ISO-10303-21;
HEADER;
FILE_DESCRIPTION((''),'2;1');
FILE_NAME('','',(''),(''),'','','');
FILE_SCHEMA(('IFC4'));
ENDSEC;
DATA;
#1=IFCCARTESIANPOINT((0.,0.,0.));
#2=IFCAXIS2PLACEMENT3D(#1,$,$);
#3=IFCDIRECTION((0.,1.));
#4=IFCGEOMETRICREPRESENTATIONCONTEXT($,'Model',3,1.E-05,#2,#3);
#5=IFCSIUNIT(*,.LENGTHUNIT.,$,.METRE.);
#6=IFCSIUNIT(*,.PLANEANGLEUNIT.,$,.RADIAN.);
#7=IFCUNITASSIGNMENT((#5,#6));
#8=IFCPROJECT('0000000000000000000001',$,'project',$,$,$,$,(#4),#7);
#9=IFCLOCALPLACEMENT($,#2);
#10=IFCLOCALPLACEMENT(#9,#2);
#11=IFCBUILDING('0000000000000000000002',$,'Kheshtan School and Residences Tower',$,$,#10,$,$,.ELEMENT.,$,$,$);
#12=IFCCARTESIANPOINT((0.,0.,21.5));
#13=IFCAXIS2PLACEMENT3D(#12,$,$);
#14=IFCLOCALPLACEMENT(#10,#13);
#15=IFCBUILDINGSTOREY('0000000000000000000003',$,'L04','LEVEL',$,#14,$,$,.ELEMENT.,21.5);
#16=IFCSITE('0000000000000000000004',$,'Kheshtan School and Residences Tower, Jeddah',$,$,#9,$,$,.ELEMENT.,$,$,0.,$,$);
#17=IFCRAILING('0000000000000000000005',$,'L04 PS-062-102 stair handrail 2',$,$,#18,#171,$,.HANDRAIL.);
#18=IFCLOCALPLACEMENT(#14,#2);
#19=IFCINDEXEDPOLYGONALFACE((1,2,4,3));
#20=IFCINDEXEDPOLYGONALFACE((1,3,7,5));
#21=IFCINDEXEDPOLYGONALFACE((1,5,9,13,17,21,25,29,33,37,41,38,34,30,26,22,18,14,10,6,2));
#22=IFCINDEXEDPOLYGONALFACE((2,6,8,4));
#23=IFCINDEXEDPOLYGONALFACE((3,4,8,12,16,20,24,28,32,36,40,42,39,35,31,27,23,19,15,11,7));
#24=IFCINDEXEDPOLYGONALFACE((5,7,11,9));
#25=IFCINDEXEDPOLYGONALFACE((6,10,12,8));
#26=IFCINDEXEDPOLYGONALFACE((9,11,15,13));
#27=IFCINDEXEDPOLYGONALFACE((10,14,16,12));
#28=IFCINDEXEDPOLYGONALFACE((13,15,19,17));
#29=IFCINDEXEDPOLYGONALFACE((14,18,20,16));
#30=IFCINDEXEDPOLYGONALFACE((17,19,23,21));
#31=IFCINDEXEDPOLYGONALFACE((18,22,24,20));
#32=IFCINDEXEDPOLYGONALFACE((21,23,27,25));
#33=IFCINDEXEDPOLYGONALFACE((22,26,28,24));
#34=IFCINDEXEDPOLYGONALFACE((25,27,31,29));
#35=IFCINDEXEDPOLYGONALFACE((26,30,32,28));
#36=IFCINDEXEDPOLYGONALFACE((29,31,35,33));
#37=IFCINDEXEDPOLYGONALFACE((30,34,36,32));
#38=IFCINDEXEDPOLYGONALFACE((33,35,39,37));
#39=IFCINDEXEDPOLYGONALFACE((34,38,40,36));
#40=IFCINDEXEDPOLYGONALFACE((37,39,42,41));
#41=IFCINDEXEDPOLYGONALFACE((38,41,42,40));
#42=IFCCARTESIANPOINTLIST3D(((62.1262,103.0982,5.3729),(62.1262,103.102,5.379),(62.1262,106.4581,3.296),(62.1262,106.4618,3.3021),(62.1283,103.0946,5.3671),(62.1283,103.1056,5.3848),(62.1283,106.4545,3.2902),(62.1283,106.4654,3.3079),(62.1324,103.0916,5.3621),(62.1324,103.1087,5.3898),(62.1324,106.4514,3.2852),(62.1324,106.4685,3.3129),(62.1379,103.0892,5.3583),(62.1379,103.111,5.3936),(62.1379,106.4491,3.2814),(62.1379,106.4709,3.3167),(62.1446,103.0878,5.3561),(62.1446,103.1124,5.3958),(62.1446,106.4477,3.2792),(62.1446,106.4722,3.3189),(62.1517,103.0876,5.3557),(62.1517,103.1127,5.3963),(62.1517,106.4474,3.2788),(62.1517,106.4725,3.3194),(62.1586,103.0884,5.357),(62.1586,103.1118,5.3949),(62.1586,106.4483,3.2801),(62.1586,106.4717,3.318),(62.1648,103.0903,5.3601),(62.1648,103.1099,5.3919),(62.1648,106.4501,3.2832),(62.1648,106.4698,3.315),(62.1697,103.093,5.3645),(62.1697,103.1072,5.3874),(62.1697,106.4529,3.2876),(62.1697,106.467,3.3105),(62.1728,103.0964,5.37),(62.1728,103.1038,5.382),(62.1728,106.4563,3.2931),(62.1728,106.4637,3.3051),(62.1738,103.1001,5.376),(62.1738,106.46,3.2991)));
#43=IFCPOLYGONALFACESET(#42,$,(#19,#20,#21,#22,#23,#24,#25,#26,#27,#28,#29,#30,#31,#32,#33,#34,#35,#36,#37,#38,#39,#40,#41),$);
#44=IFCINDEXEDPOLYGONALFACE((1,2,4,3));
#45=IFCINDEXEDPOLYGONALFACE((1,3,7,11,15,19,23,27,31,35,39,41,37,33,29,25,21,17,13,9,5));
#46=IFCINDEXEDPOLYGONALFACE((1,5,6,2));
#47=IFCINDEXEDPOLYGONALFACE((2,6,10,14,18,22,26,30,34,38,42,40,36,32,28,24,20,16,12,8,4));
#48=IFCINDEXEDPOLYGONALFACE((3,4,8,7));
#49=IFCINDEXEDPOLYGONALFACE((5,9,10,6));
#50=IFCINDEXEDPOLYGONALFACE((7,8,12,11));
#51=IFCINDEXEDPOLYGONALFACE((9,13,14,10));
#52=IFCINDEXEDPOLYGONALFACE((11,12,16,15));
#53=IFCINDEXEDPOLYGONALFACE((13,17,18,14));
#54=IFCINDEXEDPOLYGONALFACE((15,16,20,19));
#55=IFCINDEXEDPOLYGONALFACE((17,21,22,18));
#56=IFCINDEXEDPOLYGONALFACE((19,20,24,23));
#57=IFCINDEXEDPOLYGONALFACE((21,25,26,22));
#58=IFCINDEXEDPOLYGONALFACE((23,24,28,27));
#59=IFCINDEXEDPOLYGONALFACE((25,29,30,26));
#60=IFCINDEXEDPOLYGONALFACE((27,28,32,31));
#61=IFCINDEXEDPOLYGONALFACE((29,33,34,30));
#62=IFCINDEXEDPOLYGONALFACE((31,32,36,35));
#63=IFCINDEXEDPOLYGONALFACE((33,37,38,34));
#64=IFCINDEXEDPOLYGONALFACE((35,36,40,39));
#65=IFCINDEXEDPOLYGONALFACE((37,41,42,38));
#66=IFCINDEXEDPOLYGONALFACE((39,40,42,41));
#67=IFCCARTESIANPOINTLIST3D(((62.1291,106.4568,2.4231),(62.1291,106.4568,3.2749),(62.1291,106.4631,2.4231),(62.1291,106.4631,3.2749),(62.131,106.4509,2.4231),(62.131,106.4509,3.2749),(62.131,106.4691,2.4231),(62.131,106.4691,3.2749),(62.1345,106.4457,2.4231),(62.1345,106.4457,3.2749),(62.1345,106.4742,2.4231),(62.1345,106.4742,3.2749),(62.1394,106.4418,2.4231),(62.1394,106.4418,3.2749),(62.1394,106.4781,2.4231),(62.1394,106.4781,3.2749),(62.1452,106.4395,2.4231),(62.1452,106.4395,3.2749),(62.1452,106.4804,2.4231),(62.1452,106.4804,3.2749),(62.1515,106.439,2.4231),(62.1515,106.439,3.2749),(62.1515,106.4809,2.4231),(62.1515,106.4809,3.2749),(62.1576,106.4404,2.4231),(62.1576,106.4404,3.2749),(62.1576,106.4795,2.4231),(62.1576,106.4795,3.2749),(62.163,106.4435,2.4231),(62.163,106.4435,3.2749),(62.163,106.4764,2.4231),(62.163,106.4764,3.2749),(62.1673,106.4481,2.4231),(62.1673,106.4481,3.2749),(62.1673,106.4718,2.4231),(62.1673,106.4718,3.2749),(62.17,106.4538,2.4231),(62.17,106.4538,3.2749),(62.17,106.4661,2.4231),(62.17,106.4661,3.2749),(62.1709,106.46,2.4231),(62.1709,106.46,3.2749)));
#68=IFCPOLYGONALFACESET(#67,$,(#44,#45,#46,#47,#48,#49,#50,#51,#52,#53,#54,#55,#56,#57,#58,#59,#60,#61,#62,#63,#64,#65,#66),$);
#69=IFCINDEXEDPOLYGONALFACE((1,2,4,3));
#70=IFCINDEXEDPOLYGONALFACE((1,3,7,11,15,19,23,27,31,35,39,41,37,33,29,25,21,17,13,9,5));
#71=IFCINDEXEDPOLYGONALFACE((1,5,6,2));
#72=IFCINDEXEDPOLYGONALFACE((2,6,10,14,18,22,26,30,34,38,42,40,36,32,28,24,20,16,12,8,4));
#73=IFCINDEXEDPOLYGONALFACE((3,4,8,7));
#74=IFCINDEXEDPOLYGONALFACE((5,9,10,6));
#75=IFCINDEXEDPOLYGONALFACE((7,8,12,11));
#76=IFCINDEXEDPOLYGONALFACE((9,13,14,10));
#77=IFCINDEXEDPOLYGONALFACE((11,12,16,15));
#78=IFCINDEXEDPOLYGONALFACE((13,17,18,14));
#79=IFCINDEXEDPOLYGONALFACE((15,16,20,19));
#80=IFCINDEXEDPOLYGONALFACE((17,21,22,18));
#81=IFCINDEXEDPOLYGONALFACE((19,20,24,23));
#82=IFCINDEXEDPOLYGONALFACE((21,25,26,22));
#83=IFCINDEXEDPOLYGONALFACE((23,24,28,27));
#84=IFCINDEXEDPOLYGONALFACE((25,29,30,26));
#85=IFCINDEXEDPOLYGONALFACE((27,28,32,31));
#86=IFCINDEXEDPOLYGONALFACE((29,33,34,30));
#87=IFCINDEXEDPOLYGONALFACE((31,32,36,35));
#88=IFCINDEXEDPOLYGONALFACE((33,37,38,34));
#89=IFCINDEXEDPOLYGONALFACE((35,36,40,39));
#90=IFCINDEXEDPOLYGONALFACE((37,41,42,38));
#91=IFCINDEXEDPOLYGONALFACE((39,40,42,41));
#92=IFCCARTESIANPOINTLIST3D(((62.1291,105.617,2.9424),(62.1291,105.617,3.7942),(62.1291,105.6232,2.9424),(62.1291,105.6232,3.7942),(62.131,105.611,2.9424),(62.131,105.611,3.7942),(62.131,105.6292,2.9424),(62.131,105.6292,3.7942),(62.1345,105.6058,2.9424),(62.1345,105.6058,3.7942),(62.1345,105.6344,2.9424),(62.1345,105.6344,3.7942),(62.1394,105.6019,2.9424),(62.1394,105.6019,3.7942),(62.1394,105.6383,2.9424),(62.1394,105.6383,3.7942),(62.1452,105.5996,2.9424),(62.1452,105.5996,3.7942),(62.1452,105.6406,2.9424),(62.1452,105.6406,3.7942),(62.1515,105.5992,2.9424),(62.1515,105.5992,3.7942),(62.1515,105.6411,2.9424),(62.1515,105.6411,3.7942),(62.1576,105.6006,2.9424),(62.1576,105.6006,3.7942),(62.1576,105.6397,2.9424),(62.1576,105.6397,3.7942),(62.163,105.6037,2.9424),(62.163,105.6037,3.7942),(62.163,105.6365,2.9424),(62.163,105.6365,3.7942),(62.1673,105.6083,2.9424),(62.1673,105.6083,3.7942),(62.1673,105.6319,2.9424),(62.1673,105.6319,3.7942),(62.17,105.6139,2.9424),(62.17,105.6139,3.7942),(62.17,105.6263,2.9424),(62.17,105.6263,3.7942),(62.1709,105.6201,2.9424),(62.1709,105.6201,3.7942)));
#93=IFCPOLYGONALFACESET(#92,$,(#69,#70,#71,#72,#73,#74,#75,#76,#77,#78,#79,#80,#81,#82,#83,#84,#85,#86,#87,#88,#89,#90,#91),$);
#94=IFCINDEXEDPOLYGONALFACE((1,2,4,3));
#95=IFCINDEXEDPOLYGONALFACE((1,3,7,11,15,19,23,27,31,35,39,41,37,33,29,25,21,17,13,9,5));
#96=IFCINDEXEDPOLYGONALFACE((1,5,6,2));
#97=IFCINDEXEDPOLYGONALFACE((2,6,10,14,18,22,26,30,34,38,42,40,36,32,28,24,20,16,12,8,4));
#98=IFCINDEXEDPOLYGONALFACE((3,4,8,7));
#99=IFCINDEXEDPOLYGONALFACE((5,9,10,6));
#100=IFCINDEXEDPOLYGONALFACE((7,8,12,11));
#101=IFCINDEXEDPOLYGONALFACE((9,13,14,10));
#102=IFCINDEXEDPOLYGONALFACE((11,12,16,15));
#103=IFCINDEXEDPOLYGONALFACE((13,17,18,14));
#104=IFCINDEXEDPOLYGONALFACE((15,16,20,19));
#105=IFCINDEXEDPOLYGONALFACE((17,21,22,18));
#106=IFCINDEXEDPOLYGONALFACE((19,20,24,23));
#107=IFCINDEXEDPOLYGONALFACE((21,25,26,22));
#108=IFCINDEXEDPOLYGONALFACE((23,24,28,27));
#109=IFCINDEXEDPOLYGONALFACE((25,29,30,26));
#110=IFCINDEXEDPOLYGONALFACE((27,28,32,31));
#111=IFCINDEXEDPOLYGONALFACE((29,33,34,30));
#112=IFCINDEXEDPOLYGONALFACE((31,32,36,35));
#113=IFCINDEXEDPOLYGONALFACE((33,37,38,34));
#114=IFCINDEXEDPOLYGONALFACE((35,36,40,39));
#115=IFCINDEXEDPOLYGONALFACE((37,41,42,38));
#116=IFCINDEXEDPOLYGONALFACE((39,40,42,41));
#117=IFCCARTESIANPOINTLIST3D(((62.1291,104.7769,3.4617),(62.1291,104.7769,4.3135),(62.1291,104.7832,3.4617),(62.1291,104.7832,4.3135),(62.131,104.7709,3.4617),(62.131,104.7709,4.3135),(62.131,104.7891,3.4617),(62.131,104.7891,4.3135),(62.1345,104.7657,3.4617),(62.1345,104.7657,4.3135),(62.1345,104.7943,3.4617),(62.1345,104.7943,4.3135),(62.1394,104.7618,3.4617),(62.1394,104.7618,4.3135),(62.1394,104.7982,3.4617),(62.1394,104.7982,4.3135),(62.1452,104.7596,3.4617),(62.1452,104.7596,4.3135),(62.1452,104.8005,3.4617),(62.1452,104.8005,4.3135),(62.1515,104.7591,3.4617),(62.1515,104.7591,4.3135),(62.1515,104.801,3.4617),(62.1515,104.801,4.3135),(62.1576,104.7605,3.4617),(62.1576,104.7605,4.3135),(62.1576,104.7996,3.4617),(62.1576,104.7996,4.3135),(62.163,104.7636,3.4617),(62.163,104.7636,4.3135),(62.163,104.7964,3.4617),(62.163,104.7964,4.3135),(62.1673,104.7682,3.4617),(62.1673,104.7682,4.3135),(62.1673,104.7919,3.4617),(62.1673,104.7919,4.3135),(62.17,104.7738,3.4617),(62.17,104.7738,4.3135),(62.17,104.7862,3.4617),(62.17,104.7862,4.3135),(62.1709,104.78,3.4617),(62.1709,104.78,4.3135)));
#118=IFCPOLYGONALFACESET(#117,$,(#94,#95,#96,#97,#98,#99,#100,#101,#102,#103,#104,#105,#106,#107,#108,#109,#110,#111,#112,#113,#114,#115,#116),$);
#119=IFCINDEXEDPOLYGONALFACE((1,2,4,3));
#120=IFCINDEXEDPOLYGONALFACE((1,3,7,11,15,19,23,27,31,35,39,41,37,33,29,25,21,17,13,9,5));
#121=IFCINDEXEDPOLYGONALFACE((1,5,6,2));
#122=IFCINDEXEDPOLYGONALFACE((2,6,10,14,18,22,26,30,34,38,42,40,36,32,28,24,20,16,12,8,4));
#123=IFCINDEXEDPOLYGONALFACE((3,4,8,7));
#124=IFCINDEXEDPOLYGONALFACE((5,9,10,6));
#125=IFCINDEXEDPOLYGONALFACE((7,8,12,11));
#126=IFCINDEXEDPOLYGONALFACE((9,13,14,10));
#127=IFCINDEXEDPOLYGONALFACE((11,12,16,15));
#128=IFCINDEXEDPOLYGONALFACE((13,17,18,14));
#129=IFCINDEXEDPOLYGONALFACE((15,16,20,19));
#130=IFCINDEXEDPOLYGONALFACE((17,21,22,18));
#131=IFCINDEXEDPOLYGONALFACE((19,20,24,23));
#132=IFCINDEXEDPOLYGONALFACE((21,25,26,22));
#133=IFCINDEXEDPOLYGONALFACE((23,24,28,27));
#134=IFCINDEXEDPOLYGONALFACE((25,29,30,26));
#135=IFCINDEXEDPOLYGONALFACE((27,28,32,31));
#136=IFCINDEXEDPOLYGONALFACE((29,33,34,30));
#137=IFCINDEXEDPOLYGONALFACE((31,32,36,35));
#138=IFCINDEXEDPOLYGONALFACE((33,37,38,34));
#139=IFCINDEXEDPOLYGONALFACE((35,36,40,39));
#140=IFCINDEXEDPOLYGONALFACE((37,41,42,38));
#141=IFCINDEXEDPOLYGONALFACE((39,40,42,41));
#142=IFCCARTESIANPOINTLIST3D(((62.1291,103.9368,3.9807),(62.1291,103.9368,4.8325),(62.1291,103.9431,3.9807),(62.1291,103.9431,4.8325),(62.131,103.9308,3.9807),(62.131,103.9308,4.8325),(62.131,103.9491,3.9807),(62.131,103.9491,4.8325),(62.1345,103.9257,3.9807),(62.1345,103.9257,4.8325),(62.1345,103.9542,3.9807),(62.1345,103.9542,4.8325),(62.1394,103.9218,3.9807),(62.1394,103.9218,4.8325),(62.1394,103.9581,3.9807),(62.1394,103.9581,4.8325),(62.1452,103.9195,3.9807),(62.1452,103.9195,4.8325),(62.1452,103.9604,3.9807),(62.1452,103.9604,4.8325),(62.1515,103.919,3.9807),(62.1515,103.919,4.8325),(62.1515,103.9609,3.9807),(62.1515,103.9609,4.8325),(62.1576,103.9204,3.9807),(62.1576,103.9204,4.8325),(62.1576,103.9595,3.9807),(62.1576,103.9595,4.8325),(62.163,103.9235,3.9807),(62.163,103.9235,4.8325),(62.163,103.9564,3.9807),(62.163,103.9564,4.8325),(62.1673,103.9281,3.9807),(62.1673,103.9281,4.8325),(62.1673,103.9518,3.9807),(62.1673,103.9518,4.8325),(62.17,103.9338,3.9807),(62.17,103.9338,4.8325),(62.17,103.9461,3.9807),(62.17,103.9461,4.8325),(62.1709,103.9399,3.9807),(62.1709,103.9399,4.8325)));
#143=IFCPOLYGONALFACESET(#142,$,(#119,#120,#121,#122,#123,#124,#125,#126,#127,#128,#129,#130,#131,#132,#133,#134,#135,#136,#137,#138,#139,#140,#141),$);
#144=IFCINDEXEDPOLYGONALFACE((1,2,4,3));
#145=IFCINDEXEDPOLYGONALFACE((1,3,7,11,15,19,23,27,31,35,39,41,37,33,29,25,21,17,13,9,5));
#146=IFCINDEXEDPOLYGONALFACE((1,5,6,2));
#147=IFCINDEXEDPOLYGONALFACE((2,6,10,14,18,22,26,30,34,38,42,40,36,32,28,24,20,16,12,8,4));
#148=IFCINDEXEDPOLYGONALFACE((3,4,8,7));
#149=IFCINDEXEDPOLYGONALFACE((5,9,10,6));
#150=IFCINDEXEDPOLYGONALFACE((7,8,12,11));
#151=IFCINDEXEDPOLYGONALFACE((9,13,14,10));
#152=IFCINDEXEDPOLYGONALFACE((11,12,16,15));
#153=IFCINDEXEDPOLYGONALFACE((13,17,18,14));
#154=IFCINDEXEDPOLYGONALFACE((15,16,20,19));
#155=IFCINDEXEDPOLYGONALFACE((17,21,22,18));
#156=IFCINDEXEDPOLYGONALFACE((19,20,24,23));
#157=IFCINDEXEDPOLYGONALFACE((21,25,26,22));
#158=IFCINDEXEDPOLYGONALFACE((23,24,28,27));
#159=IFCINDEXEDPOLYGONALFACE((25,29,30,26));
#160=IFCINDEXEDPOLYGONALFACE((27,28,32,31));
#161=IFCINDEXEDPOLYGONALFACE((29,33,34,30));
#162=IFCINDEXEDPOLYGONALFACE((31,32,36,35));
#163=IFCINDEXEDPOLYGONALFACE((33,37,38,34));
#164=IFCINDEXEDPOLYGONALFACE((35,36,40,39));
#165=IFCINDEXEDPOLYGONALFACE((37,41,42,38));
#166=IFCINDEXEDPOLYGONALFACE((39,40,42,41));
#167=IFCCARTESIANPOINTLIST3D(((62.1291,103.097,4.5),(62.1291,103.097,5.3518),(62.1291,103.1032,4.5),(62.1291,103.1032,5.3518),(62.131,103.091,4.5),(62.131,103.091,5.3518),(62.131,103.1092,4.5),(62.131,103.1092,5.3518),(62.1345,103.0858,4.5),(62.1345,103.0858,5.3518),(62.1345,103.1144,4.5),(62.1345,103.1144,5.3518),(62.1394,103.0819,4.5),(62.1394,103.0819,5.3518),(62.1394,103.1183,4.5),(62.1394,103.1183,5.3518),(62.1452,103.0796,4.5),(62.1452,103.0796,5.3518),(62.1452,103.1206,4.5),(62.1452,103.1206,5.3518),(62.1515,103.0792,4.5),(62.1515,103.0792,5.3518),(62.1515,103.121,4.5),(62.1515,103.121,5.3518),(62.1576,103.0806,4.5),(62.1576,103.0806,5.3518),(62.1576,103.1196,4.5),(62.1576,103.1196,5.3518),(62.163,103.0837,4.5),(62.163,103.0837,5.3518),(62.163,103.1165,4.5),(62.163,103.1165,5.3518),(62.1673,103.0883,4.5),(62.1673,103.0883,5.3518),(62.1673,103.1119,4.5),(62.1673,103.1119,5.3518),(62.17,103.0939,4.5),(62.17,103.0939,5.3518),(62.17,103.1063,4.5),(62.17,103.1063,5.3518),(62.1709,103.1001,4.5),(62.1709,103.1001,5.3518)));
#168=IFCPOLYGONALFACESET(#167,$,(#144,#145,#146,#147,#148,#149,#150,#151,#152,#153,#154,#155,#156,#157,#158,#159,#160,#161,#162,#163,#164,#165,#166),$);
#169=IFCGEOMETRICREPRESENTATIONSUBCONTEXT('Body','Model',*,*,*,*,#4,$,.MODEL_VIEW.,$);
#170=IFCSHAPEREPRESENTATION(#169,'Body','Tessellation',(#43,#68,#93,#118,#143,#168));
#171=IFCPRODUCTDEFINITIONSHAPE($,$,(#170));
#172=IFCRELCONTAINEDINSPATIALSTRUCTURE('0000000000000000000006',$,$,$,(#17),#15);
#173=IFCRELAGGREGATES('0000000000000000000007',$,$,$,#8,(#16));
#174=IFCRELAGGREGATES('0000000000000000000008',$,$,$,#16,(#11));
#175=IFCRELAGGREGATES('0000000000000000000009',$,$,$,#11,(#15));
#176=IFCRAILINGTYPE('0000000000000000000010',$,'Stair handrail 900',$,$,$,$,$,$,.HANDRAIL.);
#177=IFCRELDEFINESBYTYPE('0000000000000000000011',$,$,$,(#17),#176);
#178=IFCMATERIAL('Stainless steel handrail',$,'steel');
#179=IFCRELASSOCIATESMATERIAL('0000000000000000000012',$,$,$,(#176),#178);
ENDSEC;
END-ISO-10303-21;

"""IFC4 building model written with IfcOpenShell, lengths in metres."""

from ifc_helpers import new_model, si_unit, direction, frame, origin, origin_2d, place, context, subcontext, project, spatial, circle, extrude, material, type_object, element, save


model = new_model("IFC4")

# Units and contexts
model_context = context("Model", 3, precision=1e-05, world=origin(), true_north=direction((0.0, 1.0)))
body_context = subcontext(model_context, "Body", "Model", "MODEL_VIEW")
ifc_project = project(units=[si_unit("LENGTHUNIT", "METRE"), si_unit("PLANEANGLEUNIT", "RADIAN")], contexts=[model_context])

# Site, building, storey
site_placement = place(None, origin())
site = spatial("IfcSite", under=ifc_project, at=site_placement, Name="Kheshtan School and Residences Tower, Jeddah", CompositionType="ELEMENT", RefElevation=0.0)
building_placement = place(site_placement, origin())
building = spatial("IfcBuilding", under=site, at=building_placement, Name="Kheshtan School and Residences Tower", CompositionType="ELEMENT")
storey_placement = place(building_placement, frame((0.0, 0.0, 21.5)))
storey = spatial("IfcBuildingStorey", under=building, at=storey_placement, Name="L04", Description="LEVEL", CompositionType="ELEMENT", Elevation=21.5)

# Railing
ifc_material_1 = material(Name="Stainless steel handrail", Category="steel")
railing_type_1 = type_object("IfcRailingType", Name="Stair handrail 900", PredefinedType="HANDRAIL", material=ifc_material_1)
railing_1_placement = place(storey_placement, frame((62.1499, 106.46, 2.4231)))
element("IfcRailing", 1, at=railing_1_placement, inside=storey, type_object=railing_type_1, Name="L04 PS-062-102 stair handrail 2", PredefinedType="HANDRAIL", context=body_context, shape_type="SweptSolid", body=[
    extrude(circle(Radius=0.0239, at=origin_2d()), frame((0.0, 0.0, 0.876), z_axis=(0.0, -0.850606, 0.525803), x_axis=(1.0, 0.0, 0.0)), (0.0, 0.0, 1.0), 3.95),
    extrude(circle(Radius=0.021, at=origin_2d()), origin(), (0.0, 0.0, 1.0), 0.8518),
    extrude(circle(Radius=0.021, at=origin_2d()), frame((0.0, -0.8398, 0.5193)), (0.0, 0.0, 1.0), 0.8518),
    extrude(circle(Radius=0.021, at=origin_2d()), frame((0.0, -1.6799, 1.0386)), (0.0, 0.0, 1.0), 0.8518),
    extrude(circle(Radius=0.021, at=origin_2d()), frame((0.0, -2.52, 1.5576)), (0.0, 0.0, 1.0), 0.8518),
    extrude(circle(Radius=0.021, at=origin_2d()), frame((0.0, -3.3599, 2.0769)), (0.0, 0.0, 1.0), 0.8518),
])

save(model, "model.ifc")
